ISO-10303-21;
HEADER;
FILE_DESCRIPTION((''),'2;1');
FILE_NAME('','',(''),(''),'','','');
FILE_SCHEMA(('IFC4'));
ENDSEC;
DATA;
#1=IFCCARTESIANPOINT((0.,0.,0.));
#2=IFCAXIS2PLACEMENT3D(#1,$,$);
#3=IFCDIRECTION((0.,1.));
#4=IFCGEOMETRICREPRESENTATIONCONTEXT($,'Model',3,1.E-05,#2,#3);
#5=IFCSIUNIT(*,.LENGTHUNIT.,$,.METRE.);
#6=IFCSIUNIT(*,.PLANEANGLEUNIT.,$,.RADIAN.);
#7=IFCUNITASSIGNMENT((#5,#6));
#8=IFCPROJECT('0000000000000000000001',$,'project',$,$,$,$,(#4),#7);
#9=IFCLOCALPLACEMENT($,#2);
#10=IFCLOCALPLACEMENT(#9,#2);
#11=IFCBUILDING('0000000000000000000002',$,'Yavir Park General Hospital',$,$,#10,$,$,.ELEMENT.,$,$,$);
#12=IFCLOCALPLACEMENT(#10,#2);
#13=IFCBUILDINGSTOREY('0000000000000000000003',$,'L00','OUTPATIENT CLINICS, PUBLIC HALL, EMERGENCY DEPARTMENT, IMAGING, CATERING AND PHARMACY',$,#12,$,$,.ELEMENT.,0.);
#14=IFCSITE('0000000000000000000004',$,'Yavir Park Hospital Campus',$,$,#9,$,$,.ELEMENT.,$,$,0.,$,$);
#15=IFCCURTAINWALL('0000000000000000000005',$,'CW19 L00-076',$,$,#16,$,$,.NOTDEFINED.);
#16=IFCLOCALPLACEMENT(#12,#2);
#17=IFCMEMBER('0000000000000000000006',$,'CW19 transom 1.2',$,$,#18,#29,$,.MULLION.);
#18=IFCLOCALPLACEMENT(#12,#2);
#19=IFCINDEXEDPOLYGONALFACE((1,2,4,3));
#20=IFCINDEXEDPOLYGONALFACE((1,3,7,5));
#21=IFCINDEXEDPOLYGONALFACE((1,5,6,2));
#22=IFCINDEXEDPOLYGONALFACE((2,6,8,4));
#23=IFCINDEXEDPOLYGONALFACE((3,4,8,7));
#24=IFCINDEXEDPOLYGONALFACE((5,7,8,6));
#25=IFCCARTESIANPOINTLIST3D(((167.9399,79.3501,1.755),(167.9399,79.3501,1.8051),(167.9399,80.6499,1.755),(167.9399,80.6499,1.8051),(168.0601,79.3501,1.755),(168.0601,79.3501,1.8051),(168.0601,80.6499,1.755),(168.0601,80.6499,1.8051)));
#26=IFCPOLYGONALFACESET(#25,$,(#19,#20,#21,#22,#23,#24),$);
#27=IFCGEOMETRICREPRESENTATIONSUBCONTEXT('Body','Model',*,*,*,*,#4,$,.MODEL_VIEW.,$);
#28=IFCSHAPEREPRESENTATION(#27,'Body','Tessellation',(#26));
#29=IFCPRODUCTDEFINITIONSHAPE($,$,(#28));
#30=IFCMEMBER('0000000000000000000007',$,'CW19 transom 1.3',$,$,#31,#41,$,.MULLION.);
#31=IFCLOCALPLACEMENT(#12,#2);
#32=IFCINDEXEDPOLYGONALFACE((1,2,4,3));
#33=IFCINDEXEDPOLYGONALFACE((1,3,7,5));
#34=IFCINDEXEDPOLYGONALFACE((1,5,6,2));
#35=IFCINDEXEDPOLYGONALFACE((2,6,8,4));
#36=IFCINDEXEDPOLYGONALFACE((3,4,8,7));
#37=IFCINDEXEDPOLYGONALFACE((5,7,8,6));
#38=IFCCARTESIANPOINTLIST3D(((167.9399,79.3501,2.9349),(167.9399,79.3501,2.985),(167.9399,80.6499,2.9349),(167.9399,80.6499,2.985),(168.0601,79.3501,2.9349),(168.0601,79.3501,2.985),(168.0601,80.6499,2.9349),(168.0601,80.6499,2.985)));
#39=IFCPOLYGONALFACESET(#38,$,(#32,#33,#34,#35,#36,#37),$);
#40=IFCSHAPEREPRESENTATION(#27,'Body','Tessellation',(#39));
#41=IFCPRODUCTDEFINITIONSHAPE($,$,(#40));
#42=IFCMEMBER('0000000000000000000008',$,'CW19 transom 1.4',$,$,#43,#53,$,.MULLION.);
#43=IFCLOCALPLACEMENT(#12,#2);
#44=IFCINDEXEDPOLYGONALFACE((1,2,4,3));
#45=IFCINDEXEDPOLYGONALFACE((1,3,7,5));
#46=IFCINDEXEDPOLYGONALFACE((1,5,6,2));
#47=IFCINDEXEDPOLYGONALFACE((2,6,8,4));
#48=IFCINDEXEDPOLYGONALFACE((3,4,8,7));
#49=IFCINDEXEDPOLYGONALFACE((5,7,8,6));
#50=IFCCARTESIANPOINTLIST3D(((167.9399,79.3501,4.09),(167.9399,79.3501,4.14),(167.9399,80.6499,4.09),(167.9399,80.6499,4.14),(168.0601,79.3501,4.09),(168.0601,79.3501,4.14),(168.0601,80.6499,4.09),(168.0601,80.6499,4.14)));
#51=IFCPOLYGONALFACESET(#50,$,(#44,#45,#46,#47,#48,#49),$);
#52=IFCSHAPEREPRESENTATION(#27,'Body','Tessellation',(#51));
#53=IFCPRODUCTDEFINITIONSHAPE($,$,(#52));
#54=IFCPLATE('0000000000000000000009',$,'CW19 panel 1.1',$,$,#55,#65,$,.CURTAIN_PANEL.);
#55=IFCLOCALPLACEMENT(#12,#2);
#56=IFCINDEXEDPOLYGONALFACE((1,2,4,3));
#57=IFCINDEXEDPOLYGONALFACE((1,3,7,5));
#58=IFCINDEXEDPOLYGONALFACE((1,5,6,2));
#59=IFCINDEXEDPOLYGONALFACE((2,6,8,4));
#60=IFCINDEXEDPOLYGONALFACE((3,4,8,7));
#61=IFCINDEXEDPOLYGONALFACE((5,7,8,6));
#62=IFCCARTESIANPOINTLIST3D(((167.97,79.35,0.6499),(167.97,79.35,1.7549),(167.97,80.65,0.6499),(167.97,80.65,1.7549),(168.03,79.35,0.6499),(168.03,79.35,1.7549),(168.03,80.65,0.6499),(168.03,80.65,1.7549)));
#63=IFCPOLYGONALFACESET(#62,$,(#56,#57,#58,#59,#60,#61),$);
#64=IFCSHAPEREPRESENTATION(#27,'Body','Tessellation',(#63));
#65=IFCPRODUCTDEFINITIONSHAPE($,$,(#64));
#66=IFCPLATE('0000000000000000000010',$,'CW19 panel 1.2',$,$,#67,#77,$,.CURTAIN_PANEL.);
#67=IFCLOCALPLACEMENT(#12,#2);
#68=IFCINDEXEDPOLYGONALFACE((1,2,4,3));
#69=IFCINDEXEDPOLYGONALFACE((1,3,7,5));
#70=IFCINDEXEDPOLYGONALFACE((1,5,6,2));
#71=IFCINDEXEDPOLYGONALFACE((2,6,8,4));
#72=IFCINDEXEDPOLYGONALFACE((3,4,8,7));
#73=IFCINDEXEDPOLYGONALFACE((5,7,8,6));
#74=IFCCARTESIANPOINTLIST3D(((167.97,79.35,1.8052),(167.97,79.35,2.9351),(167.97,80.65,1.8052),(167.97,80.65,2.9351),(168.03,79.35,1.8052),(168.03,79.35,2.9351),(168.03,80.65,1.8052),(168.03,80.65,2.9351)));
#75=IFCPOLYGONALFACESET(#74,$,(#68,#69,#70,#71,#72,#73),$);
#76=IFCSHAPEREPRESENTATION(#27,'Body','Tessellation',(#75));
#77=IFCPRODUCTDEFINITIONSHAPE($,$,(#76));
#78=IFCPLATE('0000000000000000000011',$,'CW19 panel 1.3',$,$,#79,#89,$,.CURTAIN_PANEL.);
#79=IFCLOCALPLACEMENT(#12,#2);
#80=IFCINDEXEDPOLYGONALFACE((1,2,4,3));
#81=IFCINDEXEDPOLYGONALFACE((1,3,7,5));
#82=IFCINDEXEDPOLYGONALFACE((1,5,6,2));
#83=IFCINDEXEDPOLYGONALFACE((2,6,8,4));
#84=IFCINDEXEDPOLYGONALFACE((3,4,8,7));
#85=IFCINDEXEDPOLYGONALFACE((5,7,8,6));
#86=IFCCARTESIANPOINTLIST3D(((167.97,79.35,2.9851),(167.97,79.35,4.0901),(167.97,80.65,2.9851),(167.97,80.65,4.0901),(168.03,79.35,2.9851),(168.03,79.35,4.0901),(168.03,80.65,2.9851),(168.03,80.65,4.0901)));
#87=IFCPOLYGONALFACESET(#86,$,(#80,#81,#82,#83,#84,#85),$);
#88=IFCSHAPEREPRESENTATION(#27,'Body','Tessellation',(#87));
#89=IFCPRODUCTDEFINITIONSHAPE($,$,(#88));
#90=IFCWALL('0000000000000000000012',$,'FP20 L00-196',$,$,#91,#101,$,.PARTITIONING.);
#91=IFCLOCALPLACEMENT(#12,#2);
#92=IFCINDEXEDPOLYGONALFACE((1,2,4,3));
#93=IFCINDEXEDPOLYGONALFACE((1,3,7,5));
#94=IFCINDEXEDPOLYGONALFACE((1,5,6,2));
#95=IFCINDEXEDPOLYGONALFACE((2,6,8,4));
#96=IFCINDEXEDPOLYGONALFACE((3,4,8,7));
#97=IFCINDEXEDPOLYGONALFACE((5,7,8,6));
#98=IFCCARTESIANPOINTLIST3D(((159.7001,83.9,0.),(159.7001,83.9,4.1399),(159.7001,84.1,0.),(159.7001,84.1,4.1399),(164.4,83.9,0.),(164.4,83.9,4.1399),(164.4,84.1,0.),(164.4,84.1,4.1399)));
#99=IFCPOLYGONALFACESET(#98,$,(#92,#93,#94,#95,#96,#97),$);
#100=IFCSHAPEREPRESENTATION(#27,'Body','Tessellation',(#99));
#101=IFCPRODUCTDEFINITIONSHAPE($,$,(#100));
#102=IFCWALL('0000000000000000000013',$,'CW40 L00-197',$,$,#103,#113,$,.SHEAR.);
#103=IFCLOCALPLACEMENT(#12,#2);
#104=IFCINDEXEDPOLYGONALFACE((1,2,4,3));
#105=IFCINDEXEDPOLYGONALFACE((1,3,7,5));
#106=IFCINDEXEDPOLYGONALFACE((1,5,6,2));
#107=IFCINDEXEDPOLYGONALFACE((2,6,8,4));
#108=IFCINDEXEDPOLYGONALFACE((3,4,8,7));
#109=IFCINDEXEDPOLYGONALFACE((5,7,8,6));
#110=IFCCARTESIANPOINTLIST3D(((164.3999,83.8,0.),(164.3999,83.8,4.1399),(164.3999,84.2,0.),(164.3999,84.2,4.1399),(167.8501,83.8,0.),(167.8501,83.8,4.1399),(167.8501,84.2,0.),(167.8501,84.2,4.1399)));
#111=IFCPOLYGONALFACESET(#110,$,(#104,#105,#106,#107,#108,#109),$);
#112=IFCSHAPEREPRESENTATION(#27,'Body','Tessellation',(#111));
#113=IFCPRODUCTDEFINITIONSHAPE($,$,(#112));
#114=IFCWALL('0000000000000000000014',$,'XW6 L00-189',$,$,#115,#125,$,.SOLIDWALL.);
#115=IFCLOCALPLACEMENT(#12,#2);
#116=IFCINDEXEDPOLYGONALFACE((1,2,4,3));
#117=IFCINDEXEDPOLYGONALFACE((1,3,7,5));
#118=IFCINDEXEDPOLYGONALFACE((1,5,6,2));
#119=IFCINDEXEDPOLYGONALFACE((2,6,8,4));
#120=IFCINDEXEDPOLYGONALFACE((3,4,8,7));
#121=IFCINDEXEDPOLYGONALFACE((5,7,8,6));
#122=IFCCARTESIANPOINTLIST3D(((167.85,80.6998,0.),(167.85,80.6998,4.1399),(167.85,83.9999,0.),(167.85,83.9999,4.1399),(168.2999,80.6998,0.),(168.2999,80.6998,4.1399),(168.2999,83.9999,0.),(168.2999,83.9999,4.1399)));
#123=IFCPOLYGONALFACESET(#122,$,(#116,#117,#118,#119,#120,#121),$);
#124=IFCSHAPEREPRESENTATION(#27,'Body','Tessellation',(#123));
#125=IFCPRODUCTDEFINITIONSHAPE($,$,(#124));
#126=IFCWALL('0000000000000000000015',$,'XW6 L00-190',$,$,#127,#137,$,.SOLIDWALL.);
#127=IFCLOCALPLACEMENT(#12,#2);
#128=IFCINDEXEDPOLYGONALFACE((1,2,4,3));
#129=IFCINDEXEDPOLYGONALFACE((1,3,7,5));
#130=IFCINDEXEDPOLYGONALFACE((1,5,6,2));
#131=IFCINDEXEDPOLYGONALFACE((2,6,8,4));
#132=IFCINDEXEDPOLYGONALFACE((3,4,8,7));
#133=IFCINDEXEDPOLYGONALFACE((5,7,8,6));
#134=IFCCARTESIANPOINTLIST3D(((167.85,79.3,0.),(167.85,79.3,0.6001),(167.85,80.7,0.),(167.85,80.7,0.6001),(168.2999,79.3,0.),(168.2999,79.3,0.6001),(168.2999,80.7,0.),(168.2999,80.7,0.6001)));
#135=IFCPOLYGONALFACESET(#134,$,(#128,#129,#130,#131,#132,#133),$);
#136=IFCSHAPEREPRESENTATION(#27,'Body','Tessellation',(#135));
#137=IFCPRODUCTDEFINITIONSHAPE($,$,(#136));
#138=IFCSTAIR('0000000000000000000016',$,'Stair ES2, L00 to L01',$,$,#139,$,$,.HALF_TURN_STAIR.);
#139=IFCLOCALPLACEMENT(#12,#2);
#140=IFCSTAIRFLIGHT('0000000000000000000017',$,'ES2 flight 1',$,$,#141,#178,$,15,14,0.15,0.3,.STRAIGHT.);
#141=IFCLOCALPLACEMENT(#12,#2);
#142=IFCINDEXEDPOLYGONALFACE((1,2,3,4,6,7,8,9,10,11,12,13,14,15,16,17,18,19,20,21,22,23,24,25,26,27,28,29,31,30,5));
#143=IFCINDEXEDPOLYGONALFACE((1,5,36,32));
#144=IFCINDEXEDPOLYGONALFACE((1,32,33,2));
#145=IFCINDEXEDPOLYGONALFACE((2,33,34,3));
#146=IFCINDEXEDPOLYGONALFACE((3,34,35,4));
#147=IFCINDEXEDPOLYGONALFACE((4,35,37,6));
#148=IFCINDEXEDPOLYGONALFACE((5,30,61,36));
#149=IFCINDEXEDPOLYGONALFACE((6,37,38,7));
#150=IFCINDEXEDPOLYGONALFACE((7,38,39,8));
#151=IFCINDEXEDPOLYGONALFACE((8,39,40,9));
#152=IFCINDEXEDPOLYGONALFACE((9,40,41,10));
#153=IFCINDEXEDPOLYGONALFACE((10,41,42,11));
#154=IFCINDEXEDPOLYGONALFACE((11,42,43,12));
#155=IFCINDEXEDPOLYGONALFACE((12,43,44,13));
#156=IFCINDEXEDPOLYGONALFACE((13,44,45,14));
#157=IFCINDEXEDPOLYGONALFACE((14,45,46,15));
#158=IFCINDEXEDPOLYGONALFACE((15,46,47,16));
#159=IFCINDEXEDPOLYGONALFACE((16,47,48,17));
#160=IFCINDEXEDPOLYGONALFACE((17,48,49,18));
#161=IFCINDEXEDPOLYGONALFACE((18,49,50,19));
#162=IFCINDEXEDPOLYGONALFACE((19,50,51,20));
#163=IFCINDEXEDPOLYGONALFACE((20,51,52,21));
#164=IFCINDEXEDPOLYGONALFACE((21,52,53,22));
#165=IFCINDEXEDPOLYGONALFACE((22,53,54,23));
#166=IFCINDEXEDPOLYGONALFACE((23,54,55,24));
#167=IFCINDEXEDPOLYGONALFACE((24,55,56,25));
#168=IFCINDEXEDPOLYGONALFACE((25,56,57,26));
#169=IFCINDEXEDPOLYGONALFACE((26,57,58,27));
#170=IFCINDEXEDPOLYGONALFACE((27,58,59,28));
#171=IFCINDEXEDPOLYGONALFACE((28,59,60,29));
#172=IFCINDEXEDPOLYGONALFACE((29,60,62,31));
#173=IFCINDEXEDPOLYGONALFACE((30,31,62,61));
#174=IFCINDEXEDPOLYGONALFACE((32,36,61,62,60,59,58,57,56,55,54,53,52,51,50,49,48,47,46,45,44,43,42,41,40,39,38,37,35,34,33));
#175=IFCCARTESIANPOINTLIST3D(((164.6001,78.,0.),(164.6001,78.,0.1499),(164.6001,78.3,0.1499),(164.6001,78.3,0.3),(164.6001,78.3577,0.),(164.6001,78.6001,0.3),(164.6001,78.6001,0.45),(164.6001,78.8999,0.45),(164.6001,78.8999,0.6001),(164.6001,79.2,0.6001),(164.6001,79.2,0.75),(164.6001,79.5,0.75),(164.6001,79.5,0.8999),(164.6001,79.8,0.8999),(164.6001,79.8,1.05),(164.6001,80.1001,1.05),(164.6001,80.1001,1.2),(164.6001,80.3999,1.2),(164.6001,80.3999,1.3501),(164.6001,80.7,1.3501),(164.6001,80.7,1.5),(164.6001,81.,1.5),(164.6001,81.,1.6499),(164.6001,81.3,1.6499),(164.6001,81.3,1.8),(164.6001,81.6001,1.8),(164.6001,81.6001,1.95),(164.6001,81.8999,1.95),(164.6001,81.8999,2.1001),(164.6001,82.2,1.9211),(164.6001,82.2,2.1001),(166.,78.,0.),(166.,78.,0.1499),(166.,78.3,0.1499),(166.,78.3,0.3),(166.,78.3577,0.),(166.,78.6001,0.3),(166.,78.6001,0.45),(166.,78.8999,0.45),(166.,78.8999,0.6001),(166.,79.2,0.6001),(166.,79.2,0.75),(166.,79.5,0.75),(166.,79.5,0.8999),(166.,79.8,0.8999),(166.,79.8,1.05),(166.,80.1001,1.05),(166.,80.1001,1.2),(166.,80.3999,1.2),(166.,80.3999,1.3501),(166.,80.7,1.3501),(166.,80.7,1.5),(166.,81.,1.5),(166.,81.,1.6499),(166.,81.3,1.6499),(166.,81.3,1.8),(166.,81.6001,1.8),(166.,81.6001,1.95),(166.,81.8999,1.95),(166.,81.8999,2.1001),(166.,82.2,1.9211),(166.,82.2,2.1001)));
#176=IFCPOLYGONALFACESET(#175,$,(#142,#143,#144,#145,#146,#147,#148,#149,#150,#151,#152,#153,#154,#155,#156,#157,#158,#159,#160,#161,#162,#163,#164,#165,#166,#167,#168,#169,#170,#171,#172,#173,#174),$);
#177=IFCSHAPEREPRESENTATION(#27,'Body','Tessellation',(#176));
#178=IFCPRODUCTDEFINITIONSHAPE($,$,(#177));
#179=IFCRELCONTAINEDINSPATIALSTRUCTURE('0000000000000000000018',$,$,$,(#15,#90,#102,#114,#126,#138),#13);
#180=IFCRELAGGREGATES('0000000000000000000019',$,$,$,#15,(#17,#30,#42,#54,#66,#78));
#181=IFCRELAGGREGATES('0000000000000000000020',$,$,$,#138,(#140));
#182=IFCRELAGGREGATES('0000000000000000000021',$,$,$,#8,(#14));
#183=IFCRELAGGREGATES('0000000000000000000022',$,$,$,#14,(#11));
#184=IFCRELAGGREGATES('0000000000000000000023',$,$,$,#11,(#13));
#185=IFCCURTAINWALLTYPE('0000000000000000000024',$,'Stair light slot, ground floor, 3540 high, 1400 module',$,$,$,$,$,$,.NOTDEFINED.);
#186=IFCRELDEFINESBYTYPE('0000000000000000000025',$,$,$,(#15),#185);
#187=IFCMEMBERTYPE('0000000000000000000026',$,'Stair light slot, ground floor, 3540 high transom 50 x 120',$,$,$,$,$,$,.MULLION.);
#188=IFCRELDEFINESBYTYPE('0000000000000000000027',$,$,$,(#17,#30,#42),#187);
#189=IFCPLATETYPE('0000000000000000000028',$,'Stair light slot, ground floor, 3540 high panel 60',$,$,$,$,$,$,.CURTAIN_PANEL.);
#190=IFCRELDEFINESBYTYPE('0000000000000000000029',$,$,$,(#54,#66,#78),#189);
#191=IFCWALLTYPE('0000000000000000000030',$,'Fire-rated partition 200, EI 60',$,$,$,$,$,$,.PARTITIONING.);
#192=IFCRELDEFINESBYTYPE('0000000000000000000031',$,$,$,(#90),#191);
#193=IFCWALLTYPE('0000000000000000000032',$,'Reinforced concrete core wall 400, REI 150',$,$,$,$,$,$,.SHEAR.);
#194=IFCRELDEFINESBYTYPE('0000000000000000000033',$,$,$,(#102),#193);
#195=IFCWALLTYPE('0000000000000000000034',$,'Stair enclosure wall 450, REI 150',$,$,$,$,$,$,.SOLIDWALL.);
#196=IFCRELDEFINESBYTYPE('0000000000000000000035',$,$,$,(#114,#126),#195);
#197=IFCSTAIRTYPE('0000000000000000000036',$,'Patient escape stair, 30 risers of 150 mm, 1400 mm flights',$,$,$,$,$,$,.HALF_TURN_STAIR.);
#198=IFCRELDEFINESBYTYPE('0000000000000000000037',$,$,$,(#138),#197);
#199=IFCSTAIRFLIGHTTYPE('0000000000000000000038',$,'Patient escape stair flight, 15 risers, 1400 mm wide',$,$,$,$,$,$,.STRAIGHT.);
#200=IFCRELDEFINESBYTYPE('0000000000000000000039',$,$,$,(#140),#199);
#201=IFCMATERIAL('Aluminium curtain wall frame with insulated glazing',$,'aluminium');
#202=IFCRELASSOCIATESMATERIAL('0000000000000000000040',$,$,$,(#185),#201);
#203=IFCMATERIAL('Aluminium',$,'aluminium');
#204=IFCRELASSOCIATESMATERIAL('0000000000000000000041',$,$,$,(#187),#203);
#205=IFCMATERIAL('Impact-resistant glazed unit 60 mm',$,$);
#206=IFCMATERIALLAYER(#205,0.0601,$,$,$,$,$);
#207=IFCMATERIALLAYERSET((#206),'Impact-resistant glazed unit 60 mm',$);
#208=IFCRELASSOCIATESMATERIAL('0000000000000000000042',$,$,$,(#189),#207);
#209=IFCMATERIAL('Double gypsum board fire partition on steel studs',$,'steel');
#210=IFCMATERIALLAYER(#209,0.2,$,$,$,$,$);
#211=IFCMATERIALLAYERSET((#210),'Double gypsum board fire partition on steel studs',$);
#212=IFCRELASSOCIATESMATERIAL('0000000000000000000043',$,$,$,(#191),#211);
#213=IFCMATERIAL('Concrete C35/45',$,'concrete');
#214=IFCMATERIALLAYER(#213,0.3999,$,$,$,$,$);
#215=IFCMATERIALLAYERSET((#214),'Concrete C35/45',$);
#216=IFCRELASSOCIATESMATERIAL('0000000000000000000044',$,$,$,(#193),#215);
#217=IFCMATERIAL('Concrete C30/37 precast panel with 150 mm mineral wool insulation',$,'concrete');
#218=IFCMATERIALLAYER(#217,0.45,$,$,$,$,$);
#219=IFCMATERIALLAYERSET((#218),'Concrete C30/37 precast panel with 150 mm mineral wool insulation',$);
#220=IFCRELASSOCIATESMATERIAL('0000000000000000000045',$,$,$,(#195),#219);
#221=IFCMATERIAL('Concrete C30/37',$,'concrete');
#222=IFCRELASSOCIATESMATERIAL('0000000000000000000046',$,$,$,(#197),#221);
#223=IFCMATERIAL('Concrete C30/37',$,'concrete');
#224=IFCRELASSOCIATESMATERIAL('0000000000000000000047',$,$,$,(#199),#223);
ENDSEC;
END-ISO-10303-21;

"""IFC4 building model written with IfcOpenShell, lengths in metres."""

from ifc_helpers import new_model, si_unit, direction, frame, frame_2d, origin, origin_2d, place, context, subcontext, project, spatial, polyline, rectangle, outline, extrude, material, layer, layer_set, material_profile, profile_set, type_object, element, aggregate, save


model = new_model("IFC4")

# Units and contexts
model_context = context("Model", 3, precision=1e-05, world=origin(), true_north=direction((0.0, 1.0)))
body_context = subcontext(model_context, "Body", "Model", "MODEL_VIEW")
ifc_project = project(units=[si_unit("LENGTHUNIT", "METRE"), si_unit("PLANEANGLEUNIT", "RADIAN")], contexts=[model_context])

# Site, building, storey
site_placement = place(None, origin())
site = spatial("IfcSite", under=ifc_project, at=site_placement, Name="Yavir Park Hospital Campus", CompositionType="ELEMENT", RefElevation=0.0)
building_placement = place(site_placement, origin())
building = spatial("IfcBuilding", under=site, at=building_placement, Name="Yavir Park General Hospital", CompositionType="ELEMENT")
storey_placement = place(building_placement, origin())
storey = spatial("IfcBuildingStorey", under=building, at=storey_placement, Name="L00", Description="OUTPATIENT CLINICS, PUBLIC HALL, EMERGENCY DEPARTMENT, IMAGING, CATERING AND PHARMACY", CompositionType="ELEMENT", Elevation=0.0)

# Curtain wall, members, plates
ifc_material_1 = material(Name="Aluminium curtain wall frame with insulated glazing", Category="aluminium")
curtain_wall_type = type_object("IfcCurtainWallType", Name="Stair light slot, ground floor, 3540 high, 1400 module", PredefinedType="NOTDEFINED", material=ifc_material_1)
curtain_wall_placement = place(storey_placement, origin())
curtain_wall = element("IfcCurtainWall", 1, at=curtain_wall_placement, inside=storey, type_object=curtain_wall_type, Name="CW19 L00-076", PredefinedType="NOTDEFINED")
ifc_material_2 = material(Name="Aluminium", Category="aluminium")
ifc_material_profile_1 = material_profile(ifc_material_2, rectangle(XDim=0.1201, YDim=0.05, at=origin_2d()), Name="AL 120x50")
ifc_profile_set_1 = profile_set([ifc_material_profile_1], Name="Aluminium")
member_type_1 = type_object("IfcMemberType", Name="Stair light slot, ground floor, 3540 high transom 50 x 120", PredefinedType="MULLION", material=ifc_profile_set_1)
member_1_placement = place(storey_placement, frame((168.0, 79.3501, 1.78), z_axis=(0.0, 1.0, 0.0), x_axis=(-1.0, 0.0, 0.0)))
member_1 = element("IfcMember", 2, at=member_1_placement, type_object=member_type_1, Name="CW19 transom 1.2", PredefinedType="MULLION", context=body_context, shape_type="SweptSolid", body=[
    extrude(rectangle(XDim=0.1201, YDim=0.05, at=origin_2d()), origin(), (0.0, 0.0, 1.0), 1.2998),
])
member_2_placement = place(storey_placement, frame((168.0, 79.3501, 2.96), z_axis=(0.0, 1.0, 0.0), x_axis=(-1.0, 0.0, 0.0)))
member_2 = element("IfcMember", 3, at=member_2_placement, type_object=member_type_1, Name="CW19 transom 1.3", PredefinedType="MULLION", context=body_context, shape_type="SweptSolid", body=[
    extrude(rectangle(XDim=0.1201, YDim=0.05, at=origin_2d()), origin(), (0.0, 0.0, 1.0), 1.2998),
])
member_3_placement = place(storey_placement, frame((168.0, 79.3501, 4.115), z_axis=(0.0, 1.0, 0.0), x_axis=(-1.0, 0.0, 0.0)))
member_3 = element("IfcMember", 4, at=member_3_placement, type_object=member_type_1, Name="CW19 transom 1.4", PredefinedType="MULLION", context=body_context, shape_type="SweptSolid", body=[
    extrude(rectangle(XDim=0.1201, YDim=0.05, at=origin_2d()), origin(), (0.0, 0.0, 1.0), 1.2998),
])
ifc_material_3 = material(Name="Impact-resistant glazed unit 60 mm")
ifc_layer_1 = layer(ifc_material_3, 0.0601)
ifc_layer_set_1 = layer_set([ifc_layer_1], Name="Impact-resistant glazed unit 60 mm")
plate_type = type_object("IfcPlateType", Name="Stair light slot, ground floor, 3540 high panel 60", PredefinedType="CURTAIN_PANEL", material=ifc_layer_set_1)
plate_1_placement = place(storey_placement, frame((168.0, 80.0, 0.6499), z_axis=(0.0, 0.0, 1.0), x_axis=(0.0, 1.0, 0.0)))
plate_1 = element("IfcPlate", 5, at=plate_1_placement, type_object=plate_type, Name="CW19 panel 1.1", PredefinedType="CURTAIN_PANEL", context=body_context, shape_type="SweptSolid", body=[
    extrude(rectangle(XDim=1.3, YDim=0.0601, at=origin_2d()), origin(), (0.0, 0.0, 1.0), 1.105),
])
plate_2_placement = place(storey_placement, frame((168.0, 80.0, 1.8052), z_axis=(0.0, 0.0, 1.0), x_axis=(0.0, 1.0, 0.0)))
plate_2 = element("IfcPlate", 6, at=plate_2_placement, type_object=plate_type, Name="CW19 panel 1.2", PredefinedType="CURTAIN_PANEL", context=body_context, shape_type="SweptSolid", body=[
    extrude(rectangle(XDim=1.3, YDim=0.0601, at=origin_2d()), origin(), (0.0, 0.0, 1.0), 1.1299),
])
plate_3_placement = place(storey_placement, frame((168.0, 80.0, 2.9851), z_axis=(0.0, 0.0, 1.0), x_axis=(0.0, 1.0, 0.0)))
plate_3 = element("IfcPlate", 7, at=plate_3_placement, type_object=plate_type, Name="CW19 panel 1.3", PredefinedType="CURTAIN_PANEL", context=body_context, shape_type="SweptSolid", body=[
    extrude(rectangle(XDim=1.3, YDim=0.0601, at=origin_2d()), origin(), (0.0, 0.0, 1.0), 1.105),
])
aggregate(curtain_wall, [member_1, member_2, member_3, plate_1, plate_2, plate_3])

# Walls
ifc_material_4 = material(Name="Double gypsum board fire partition on steel studs", Category="steel")
ifc_layer_2 = layer(ifc_material_4, 0.2)
ifc_layer_set_2 = layer_set([ifc_layer_2], Name="Double gypsum board fire partition on steel studs")
wall_type_1 = type_object("IfcWallType", Name="Fire-rated partition 200, EI 60", PredefinedType="PARTITIONING", material=ifc_layer_set_2)
wall_1_placement = place(storey_placement, frame((159.7, 84.0, 0.0), z_axis=(0.0, 0.0, 1.0), x_axis=(1.0, 0.0, 0.0)))
element("IfcWall", 8, at=wall_1_placement, inside=storey, type_object=wall_type_1, Name="FP20 L00-196", PredefinedType="PARTITIONING", context=body_context, shape_type="SweptSolid", body=[
    extrude(rectangle(XDim=4.7, YDim=0.2, at=frame_2d((2.3501, 0.0))), origin(), (0.0, 0.0, 1.0), 4.1399),
])
ifc_material_5 = material(Name="Concrete C35/45", Category="concrete")
ifc_layer_3 = layer(ifc_material_5, 0.3999)
ifc_layer_set_3 = layer_set([ifc_layer_3], Name="Concrete C35/45")
wall_type_2 = type_object("IfcWallType", Name="Reinforced concrete core wall 400, REI 150", PredefinedType="SHEAR", material=ifc_layer_set_3)
wall_2_placement = place(storey_placement, frame((164.3999, 84.0, 0.0), z_axis=(0.0, 0.0, 1.0), x_axis=(1.0, 0.0, 0.0)))
element("IfcWall", 9, at=wall_2_placement, inside=storey, type_object=wall_type_2, Name="CW40 L00-197", PredefinedType="SHEAR", context=body_context, shape_type="SweptSolid", body=[
    extrude(rectangle(XDim=3.4502, YDim=0.3999, at=frame_2d((1.7251, 0.0))), origin(), (0.0, 0.0, 1.0), 4.1399),
])
ifc_material_6 = material(Name="Concrete C30/37 precast panel with 150 mm mineral wool insulation", Category="concrete")
ifc_layer_4 = layer(ifc_material_6, 0.45)
ifc_layer_set_4 = layer_set([ifc_layer_4], Name="Concrete C30/37 precast panel with 150 mm mineral wool insulation")
wall_type_3 = type_object("IfcWallType", Name="Stair enclosure wall 450, REI 150", PredefinedType="SOLIDWALL", material=ifc_layer_set_4)
wall_3_placement = place(storey_placement, frame((168.075, 80.7, 0.0), z_axis=(0.0, 0.0, 1.0), x_axis=(0.0, 1.0, 0.0)))
element("IfcWall", 10, at=wall_3_placement, inside=storey, type_object=wall_type_3, Name="XW6 L00-189", PredefinedType="SOLIDWALL", context=body_context, shape_type="SweptSolid", body=[
    extrude(rectangle(XDim=3.3, YDim=0.45, at=frame_2d((1.6499, 0.0))), origin(), (0.0, 0.0, 1.0), 4.1399),
])
wall_4_placement = place(storey_placement, frame((168.075, 79.3, 0.0), z_axis=(0.0, 0.0, 1.0), x_axis=(0.0, 1.0, 0.0)))
element("IfcWall", 11, at=wall_4_placement, inside=storey, type_object=wall_type_3, Name="XW6 L00-190", PredefinedType="SOLIDWALL", context=body_context, shape_type="SweptSolid", body=[
    extrude(rectangle(XDim=1.3999, YDim=0.45, at=frame_2d((0.7, 0.0))), origin(), (0.0, 0.0, 1.0), 0.6001),
])

# Stair, stair flight
ifc_material_7 = material(Name="Concrete C30/37", Category="concrete")
stair_type = type_object("IfcStairType", Name="Patient escape stair, 30 risers of 150 mm, 1400 mm flights", PredefinedType="HALF_TURN_STAIR", material=ifc_material_7)
stair_placement = place(storey_placement, origin())
stair = element("IfcStair", 12, at=stair_placement, inside=storey, type_object=stair_type, Name="Stair ES2, L00 to L01", PredefinedType="HALF_TURN_STAIR")
ifc_material_8 = material(Name="Concrete C30/37", Category="concrete")
stair_flight_type = type_object("IfcStairFlightType", Name="Patient escape stair flight, 15 risers, 1400 mm wide", PredefinedType="STRAIGHT", material=ifc_material_8)
stair_flight_1_placement = place(storey_placement, frame((165.3, 78.0, 0.0), z_axis=(0.0, 0.0, 1.0), x_axis=(0.0, 1.0, 0.0)))
stair_flight_1 = element("IfcStairFlight", 13, at=stair_flight_1_placement, type_object=stair_flight_type, Name="ES2 flight 1", NumberOfRisers=15, NumberOfTreads=14, PredefinedType="STRAIGHT", RiserHeight=0.15, TreadLength=0.3, context=body_context, shape_type="SweptSolid", body=[
    extrude(outline(polyline([(0.0, 0.0), (0.0, 0.1499), (0.3, 0.1499), (0.3, 0.3), (0.6001, 0.3), (0.6001, 0.45), (0.8999, 0.45), (0.8999, 0.6001), (1.2, 0.6001), (1.2, 0.75), (1.5, 0.75), (1.5, 0.8999), (1.8, 0.8999), (1.8, 1.05), (2.1001, 1.05), (2.1001, 1.2), (2.3999, 1.2), (2.3999, 1.3501), (2.7, 1.3501), (2.7, 1.5), (3.0, 1.5), (3.0, 1.6499), (3.3, 1.6499), (3.3, 1.8), (3.6001, 1.8), (3.6001, 1.95), (3.8999, 1.95), (3.8999, 2.1001), (4.2, 2.1001), (4.2, 2.25), (4.2, 1.9211), (0.3577, 0.0), (0.0, 0.0)])), frame((0.0, 0.7, 0.0), z_axis=(0.0, -1.0, 0.0), x_axis=(1.0, 0.0, 0.0)), (0.0, 0.0, 1.0), 1.3999),
])
aggregate(stair, [stair_flight_1])

save(model, "model.ifc")
